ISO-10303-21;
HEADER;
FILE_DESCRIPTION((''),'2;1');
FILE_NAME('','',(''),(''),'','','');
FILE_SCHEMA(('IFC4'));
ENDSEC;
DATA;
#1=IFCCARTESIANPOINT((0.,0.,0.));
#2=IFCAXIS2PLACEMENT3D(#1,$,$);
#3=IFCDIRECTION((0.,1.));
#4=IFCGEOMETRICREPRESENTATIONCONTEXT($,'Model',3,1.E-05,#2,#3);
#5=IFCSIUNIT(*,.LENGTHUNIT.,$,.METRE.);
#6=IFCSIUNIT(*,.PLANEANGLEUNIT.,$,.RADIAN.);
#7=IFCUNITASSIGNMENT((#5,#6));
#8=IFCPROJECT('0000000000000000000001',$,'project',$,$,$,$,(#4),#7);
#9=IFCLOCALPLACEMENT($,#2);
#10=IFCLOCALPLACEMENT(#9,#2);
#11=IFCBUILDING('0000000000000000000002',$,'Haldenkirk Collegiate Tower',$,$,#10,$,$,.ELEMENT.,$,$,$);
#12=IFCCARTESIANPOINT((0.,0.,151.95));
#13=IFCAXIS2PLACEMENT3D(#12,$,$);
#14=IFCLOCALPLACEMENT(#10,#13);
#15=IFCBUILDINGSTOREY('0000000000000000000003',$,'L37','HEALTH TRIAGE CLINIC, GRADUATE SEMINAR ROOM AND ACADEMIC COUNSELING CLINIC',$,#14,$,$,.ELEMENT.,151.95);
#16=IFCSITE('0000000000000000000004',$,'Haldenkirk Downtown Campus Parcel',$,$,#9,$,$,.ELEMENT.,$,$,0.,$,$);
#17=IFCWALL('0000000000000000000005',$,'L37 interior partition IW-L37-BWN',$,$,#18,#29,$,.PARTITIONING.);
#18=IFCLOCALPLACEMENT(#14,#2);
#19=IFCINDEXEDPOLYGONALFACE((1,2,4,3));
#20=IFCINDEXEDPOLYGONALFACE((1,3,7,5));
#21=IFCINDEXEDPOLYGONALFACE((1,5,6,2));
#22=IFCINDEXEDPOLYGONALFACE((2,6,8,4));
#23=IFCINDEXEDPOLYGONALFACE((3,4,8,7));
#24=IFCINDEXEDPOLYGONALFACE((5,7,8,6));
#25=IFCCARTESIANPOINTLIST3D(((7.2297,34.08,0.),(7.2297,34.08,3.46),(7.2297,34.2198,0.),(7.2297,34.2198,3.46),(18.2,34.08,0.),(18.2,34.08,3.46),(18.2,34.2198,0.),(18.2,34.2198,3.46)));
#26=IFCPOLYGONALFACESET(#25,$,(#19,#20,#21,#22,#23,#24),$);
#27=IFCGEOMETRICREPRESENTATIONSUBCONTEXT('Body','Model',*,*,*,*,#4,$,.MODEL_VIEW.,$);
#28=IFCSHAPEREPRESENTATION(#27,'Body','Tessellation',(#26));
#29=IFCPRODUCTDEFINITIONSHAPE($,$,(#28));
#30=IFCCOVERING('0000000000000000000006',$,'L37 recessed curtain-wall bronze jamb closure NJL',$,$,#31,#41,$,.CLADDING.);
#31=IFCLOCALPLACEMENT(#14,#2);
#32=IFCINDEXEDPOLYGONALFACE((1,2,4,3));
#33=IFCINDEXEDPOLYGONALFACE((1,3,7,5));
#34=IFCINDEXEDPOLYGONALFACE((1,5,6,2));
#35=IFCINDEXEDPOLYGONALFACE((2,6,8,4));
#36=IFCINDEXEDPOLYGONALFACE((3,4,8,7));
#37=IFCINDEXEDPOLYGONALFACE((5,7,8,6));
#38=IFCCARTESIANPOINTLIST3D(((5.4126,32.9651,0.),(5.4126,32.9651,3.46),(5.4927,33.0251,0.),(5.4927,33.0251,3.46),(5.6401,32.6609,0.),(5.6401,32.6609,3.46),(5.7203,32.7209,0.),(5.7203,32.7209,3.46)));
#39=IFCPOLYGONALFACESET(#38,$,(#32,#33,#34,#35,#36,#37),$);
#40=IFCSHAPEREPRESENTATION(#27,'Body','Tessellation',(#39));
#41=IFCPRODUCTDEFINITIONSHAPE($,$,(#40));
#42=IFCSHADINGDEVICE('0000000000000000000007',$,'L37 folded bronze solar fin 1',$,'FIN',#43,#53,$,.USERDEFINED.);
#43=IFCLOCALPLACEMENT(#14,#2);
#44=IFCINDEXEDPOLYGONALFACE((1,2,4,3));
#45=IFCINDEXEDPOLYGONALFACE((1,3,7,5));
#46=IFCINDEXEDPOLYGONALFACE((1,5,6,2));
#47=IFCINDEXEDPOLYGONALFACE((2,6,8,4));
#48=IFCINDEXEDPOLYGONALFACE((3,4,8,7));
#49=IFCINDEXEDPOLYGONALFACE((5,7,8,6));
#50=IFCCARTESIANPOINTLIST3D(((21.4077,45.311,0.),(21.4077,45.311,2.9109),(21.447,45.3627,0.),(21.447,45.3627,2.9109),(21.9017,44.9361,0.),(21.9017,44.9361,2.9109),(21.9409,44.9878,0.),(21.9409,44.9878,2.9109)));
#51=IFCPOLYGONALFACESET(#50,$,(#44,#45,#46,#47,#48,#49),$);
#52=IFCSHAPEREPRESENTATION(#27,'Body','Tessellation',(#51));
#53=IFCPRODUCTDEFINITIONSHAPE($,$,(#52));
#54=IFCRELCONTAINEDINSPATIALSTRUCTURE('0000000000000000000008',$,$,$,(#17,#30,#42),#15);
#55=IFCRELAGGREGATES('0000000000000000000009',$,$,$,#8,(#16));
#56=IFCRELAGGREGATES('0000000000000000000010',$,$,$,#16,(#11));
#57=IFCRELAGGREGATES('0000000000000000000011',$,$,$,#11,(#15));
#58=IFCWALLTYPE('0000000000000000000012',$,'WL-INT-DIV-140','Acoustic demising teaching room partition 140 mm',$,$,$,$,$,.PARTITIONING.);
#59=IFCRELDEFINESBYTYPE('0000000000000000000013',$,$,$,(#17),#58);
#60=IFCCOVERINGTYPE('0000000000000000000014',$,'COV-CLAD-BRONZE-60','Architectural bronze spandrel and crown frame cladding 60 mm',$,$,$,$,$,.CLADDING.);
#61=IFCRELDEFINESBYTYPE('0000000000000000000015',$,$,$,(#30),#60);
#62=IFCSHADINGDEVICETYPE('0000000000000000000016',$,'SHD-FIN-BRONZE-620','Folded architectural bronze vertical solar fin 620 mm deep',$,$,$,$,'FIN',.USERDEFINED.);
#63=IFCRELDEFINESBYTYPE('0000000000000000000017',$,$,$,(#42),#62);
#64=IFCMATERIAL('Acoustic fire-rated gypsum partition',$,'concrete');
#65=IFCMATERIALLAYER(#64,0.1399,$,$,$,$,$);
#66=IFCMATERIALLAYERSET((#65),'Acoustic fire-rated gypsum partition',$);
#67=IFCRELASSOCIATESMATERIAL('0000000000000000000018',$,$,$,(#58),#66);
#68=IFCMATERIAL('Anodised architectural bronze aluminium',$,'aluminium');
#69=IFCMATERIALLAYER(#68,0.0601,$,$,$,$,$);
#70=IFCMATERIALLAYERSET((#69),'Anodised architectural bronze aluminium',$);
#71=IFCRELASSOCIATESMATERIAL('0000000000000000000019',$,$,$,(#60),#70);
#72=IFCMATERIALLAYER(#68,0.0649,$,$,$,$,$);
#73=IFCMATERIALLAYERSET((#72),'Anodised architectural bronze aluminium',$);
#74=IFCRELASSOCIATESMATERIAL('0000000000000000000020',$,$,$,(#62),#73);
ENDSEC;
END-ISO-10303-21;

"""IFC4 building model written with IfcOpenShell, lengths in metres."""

from ifc_helpers import new_model, si_unit, direction, frame, frame_2d, origin, origin_2d, place, context, subcontext, project, spatial, rectangle, extrude, source, transform, mapped, material, layer, layer_set, type_object, element, save


model = new_model("IFC4")

# Units and contexts
model_context = context("Model", 3, precision=1e-05, world=origin(), true_north=direction((0.0, 1.0)))
body_context = subcontext(model_context, "Body", "Model", "MODEL_VIEW")
ifc_project = project(units=[si_unit("LENGTHUNIT", "METRE"), si_unit("PLANEANGLEUNIT", "RADIAN")], contexts=[model_context])

# Site, building, storey
site_placement = place(None, origin())
site = spatial("IfcSite", under=ifc_project, at=site_placement, Name="Haldenkirk Downtown Campus Parcel", CompositionType="ELEMENT", RefElevation=0.0)
building_placement = place(site_placement, origin())
building = spatial("IfcBuilding", under=site, at=building_placement, Name="Haldenkirk Collegiate Tower", CompositionType="ELEMENT")
storey_placement = place(building_placement, frame((0.0, 0.0, 151.95)))
storey = spatial("IfcBuildingStorey", under=building, at=storey_placement, Name="L37", Description="HEALTH TRIAGE CLINIC, GRADUATE SEMINAR ROOM AND ACADEMIC COUNSELING CLINIC", CompositionType="ELEMENT", Elevation=151.95)

# Shared definitions
ifc_material_1 = material(Name="Anodised architectural bronze aluminium", Category="aluminium")

# Shared definitions
ifc_material_2 = material(Name="Acoustic fire-rated gypsum partition", Category="concrete")

# Wall
ifc_layer_1 = layer(ifc_material_2, 0.1399)
ifc_layer_set_1 = layer_set([ifc_layer_1], Name="Acoustic fire-rated gypsum partition")
wall_type_1 = type_object("IfcWallType", Name="WL-INT-DIV-140", Description="Acoustic demising teaching room partition 140 mm", PredefinedType="PARTITIONING", material=ifc_layer_set_1)
wall_1_placement = place(storey_placement, frame((7.2297, 34.1499, 0.0), z_axis=(0.0, 0.0, 1.0), x_axis=(1.0, 0.0, 0.0)))
element("IfcWall", 1, at=wall_1_placement, inside=storey, type_object=wall_type_1, Name="L37 interior partition IW-L37-BWN", PredefinedType="PARTITIONING", context=body_context, shape_type="SweptSolid", body=[
    extrude(rectangle(XDim=10.9702, YDim=0.1399, at=frame_2d((5.4851, 0.0))), origin(), (0.0, 0.0, 1.0), 3.46),
])

# Covering
ifc_layer_2 = layer(ifc_material_1, 0.0601)
ifc_layer_set_2 = layer_set([ifc_layer_2], Name="Anodised architectural bronze aluminium")
covering_type = type_object("IfcCoveringType", Name="COV-CLAD-BRONZE-60", Description="Architectural bronze spandrel and crown frame cladding 60 mm", PredefinedType="CLADDING", material=ifc_layer_set_2)
shared_shape_1 = source(origin(), body_context, "Body", "SweptSolid", [
    extrude(rectangle(XDim=0.1001, YDim=0.3799, at=origin_2d()), origin(), (0.0, 0.0, 1.0), 3.46),
])
covering_placement = place(storey_placement, frame((5.5664, 32.843, 0.0), z_axis=(0.0, 0.0, 1.0), x_axis=(0.800731, 0.599024, 0.0)))
element("IfcCovering", 2, at=covering_placement, inside=storey, type_object=covering_type, Name="L37 recessed curtain-wall bronze jamb closure NJL", PredefinedType="CLADDING", context=body_context, shape_type="MappedRepresentation", body=[
    mapped(shared_shape_1, transform((0.0, 0.0, 0.0), x_axis=(1.0, 0.0, 0.0), y_axis=(0.0, 1.0, 0.0), z_axis=(0.0, 0.0, 1.0), scale=1.0)),
])

# Shading device
ifc_layer_3 = layer(ifc_material_1, 0.0649)
ifc_layer_set_3 = layer_set([ifc_layer_3], Name="Anodised architectural bronze aluminium")
shading_device_type = type_object("IfcShadingDeviceType", Name="SHD-FIN-BRONZE-620", Description="Folded architectural bronze vertical solar fin 620 mm deep", ElementType="FIN", PredefinedType="USERDEFINED", material=ifc_layer_set_3)
shared_shape_2 = source(origin(), body_context, "Body", "SweptSolid", [
    extrude(rectangle(XDim=0.6201, YDim=0.0649, at=origin_2d()), origin(), (0.0, 0.0, 1.0), 2.9109),
])
shading_device_placement = place(storey_placement, frame((21.6743, 45.1494, 0.0), z_axis=(0.0, 0.0, 1.0), x_axis=(-0.79653, 0.604599, 0.0)))
element("IfcShadingDevice", 3, at=shading_device_placement, inside=storey, type_object=shading_device_type, Name="L37 folded bronze solar fin 1", ObjectType="FIN", PredefinedType="USERDEFINED", context=body_context, shape_type="MappedRepresentation", body=[
    mapped(shared_shape_2, transform((0.0, 0.0, 0.0), x_axis=(1.0, 0.0, 0.0), y_axis=(0.0, 1.0, 0.0), z_axis=(0.0, 0.0, 1.0), scale=1.0)),
])

save(model, "model.ifc")
